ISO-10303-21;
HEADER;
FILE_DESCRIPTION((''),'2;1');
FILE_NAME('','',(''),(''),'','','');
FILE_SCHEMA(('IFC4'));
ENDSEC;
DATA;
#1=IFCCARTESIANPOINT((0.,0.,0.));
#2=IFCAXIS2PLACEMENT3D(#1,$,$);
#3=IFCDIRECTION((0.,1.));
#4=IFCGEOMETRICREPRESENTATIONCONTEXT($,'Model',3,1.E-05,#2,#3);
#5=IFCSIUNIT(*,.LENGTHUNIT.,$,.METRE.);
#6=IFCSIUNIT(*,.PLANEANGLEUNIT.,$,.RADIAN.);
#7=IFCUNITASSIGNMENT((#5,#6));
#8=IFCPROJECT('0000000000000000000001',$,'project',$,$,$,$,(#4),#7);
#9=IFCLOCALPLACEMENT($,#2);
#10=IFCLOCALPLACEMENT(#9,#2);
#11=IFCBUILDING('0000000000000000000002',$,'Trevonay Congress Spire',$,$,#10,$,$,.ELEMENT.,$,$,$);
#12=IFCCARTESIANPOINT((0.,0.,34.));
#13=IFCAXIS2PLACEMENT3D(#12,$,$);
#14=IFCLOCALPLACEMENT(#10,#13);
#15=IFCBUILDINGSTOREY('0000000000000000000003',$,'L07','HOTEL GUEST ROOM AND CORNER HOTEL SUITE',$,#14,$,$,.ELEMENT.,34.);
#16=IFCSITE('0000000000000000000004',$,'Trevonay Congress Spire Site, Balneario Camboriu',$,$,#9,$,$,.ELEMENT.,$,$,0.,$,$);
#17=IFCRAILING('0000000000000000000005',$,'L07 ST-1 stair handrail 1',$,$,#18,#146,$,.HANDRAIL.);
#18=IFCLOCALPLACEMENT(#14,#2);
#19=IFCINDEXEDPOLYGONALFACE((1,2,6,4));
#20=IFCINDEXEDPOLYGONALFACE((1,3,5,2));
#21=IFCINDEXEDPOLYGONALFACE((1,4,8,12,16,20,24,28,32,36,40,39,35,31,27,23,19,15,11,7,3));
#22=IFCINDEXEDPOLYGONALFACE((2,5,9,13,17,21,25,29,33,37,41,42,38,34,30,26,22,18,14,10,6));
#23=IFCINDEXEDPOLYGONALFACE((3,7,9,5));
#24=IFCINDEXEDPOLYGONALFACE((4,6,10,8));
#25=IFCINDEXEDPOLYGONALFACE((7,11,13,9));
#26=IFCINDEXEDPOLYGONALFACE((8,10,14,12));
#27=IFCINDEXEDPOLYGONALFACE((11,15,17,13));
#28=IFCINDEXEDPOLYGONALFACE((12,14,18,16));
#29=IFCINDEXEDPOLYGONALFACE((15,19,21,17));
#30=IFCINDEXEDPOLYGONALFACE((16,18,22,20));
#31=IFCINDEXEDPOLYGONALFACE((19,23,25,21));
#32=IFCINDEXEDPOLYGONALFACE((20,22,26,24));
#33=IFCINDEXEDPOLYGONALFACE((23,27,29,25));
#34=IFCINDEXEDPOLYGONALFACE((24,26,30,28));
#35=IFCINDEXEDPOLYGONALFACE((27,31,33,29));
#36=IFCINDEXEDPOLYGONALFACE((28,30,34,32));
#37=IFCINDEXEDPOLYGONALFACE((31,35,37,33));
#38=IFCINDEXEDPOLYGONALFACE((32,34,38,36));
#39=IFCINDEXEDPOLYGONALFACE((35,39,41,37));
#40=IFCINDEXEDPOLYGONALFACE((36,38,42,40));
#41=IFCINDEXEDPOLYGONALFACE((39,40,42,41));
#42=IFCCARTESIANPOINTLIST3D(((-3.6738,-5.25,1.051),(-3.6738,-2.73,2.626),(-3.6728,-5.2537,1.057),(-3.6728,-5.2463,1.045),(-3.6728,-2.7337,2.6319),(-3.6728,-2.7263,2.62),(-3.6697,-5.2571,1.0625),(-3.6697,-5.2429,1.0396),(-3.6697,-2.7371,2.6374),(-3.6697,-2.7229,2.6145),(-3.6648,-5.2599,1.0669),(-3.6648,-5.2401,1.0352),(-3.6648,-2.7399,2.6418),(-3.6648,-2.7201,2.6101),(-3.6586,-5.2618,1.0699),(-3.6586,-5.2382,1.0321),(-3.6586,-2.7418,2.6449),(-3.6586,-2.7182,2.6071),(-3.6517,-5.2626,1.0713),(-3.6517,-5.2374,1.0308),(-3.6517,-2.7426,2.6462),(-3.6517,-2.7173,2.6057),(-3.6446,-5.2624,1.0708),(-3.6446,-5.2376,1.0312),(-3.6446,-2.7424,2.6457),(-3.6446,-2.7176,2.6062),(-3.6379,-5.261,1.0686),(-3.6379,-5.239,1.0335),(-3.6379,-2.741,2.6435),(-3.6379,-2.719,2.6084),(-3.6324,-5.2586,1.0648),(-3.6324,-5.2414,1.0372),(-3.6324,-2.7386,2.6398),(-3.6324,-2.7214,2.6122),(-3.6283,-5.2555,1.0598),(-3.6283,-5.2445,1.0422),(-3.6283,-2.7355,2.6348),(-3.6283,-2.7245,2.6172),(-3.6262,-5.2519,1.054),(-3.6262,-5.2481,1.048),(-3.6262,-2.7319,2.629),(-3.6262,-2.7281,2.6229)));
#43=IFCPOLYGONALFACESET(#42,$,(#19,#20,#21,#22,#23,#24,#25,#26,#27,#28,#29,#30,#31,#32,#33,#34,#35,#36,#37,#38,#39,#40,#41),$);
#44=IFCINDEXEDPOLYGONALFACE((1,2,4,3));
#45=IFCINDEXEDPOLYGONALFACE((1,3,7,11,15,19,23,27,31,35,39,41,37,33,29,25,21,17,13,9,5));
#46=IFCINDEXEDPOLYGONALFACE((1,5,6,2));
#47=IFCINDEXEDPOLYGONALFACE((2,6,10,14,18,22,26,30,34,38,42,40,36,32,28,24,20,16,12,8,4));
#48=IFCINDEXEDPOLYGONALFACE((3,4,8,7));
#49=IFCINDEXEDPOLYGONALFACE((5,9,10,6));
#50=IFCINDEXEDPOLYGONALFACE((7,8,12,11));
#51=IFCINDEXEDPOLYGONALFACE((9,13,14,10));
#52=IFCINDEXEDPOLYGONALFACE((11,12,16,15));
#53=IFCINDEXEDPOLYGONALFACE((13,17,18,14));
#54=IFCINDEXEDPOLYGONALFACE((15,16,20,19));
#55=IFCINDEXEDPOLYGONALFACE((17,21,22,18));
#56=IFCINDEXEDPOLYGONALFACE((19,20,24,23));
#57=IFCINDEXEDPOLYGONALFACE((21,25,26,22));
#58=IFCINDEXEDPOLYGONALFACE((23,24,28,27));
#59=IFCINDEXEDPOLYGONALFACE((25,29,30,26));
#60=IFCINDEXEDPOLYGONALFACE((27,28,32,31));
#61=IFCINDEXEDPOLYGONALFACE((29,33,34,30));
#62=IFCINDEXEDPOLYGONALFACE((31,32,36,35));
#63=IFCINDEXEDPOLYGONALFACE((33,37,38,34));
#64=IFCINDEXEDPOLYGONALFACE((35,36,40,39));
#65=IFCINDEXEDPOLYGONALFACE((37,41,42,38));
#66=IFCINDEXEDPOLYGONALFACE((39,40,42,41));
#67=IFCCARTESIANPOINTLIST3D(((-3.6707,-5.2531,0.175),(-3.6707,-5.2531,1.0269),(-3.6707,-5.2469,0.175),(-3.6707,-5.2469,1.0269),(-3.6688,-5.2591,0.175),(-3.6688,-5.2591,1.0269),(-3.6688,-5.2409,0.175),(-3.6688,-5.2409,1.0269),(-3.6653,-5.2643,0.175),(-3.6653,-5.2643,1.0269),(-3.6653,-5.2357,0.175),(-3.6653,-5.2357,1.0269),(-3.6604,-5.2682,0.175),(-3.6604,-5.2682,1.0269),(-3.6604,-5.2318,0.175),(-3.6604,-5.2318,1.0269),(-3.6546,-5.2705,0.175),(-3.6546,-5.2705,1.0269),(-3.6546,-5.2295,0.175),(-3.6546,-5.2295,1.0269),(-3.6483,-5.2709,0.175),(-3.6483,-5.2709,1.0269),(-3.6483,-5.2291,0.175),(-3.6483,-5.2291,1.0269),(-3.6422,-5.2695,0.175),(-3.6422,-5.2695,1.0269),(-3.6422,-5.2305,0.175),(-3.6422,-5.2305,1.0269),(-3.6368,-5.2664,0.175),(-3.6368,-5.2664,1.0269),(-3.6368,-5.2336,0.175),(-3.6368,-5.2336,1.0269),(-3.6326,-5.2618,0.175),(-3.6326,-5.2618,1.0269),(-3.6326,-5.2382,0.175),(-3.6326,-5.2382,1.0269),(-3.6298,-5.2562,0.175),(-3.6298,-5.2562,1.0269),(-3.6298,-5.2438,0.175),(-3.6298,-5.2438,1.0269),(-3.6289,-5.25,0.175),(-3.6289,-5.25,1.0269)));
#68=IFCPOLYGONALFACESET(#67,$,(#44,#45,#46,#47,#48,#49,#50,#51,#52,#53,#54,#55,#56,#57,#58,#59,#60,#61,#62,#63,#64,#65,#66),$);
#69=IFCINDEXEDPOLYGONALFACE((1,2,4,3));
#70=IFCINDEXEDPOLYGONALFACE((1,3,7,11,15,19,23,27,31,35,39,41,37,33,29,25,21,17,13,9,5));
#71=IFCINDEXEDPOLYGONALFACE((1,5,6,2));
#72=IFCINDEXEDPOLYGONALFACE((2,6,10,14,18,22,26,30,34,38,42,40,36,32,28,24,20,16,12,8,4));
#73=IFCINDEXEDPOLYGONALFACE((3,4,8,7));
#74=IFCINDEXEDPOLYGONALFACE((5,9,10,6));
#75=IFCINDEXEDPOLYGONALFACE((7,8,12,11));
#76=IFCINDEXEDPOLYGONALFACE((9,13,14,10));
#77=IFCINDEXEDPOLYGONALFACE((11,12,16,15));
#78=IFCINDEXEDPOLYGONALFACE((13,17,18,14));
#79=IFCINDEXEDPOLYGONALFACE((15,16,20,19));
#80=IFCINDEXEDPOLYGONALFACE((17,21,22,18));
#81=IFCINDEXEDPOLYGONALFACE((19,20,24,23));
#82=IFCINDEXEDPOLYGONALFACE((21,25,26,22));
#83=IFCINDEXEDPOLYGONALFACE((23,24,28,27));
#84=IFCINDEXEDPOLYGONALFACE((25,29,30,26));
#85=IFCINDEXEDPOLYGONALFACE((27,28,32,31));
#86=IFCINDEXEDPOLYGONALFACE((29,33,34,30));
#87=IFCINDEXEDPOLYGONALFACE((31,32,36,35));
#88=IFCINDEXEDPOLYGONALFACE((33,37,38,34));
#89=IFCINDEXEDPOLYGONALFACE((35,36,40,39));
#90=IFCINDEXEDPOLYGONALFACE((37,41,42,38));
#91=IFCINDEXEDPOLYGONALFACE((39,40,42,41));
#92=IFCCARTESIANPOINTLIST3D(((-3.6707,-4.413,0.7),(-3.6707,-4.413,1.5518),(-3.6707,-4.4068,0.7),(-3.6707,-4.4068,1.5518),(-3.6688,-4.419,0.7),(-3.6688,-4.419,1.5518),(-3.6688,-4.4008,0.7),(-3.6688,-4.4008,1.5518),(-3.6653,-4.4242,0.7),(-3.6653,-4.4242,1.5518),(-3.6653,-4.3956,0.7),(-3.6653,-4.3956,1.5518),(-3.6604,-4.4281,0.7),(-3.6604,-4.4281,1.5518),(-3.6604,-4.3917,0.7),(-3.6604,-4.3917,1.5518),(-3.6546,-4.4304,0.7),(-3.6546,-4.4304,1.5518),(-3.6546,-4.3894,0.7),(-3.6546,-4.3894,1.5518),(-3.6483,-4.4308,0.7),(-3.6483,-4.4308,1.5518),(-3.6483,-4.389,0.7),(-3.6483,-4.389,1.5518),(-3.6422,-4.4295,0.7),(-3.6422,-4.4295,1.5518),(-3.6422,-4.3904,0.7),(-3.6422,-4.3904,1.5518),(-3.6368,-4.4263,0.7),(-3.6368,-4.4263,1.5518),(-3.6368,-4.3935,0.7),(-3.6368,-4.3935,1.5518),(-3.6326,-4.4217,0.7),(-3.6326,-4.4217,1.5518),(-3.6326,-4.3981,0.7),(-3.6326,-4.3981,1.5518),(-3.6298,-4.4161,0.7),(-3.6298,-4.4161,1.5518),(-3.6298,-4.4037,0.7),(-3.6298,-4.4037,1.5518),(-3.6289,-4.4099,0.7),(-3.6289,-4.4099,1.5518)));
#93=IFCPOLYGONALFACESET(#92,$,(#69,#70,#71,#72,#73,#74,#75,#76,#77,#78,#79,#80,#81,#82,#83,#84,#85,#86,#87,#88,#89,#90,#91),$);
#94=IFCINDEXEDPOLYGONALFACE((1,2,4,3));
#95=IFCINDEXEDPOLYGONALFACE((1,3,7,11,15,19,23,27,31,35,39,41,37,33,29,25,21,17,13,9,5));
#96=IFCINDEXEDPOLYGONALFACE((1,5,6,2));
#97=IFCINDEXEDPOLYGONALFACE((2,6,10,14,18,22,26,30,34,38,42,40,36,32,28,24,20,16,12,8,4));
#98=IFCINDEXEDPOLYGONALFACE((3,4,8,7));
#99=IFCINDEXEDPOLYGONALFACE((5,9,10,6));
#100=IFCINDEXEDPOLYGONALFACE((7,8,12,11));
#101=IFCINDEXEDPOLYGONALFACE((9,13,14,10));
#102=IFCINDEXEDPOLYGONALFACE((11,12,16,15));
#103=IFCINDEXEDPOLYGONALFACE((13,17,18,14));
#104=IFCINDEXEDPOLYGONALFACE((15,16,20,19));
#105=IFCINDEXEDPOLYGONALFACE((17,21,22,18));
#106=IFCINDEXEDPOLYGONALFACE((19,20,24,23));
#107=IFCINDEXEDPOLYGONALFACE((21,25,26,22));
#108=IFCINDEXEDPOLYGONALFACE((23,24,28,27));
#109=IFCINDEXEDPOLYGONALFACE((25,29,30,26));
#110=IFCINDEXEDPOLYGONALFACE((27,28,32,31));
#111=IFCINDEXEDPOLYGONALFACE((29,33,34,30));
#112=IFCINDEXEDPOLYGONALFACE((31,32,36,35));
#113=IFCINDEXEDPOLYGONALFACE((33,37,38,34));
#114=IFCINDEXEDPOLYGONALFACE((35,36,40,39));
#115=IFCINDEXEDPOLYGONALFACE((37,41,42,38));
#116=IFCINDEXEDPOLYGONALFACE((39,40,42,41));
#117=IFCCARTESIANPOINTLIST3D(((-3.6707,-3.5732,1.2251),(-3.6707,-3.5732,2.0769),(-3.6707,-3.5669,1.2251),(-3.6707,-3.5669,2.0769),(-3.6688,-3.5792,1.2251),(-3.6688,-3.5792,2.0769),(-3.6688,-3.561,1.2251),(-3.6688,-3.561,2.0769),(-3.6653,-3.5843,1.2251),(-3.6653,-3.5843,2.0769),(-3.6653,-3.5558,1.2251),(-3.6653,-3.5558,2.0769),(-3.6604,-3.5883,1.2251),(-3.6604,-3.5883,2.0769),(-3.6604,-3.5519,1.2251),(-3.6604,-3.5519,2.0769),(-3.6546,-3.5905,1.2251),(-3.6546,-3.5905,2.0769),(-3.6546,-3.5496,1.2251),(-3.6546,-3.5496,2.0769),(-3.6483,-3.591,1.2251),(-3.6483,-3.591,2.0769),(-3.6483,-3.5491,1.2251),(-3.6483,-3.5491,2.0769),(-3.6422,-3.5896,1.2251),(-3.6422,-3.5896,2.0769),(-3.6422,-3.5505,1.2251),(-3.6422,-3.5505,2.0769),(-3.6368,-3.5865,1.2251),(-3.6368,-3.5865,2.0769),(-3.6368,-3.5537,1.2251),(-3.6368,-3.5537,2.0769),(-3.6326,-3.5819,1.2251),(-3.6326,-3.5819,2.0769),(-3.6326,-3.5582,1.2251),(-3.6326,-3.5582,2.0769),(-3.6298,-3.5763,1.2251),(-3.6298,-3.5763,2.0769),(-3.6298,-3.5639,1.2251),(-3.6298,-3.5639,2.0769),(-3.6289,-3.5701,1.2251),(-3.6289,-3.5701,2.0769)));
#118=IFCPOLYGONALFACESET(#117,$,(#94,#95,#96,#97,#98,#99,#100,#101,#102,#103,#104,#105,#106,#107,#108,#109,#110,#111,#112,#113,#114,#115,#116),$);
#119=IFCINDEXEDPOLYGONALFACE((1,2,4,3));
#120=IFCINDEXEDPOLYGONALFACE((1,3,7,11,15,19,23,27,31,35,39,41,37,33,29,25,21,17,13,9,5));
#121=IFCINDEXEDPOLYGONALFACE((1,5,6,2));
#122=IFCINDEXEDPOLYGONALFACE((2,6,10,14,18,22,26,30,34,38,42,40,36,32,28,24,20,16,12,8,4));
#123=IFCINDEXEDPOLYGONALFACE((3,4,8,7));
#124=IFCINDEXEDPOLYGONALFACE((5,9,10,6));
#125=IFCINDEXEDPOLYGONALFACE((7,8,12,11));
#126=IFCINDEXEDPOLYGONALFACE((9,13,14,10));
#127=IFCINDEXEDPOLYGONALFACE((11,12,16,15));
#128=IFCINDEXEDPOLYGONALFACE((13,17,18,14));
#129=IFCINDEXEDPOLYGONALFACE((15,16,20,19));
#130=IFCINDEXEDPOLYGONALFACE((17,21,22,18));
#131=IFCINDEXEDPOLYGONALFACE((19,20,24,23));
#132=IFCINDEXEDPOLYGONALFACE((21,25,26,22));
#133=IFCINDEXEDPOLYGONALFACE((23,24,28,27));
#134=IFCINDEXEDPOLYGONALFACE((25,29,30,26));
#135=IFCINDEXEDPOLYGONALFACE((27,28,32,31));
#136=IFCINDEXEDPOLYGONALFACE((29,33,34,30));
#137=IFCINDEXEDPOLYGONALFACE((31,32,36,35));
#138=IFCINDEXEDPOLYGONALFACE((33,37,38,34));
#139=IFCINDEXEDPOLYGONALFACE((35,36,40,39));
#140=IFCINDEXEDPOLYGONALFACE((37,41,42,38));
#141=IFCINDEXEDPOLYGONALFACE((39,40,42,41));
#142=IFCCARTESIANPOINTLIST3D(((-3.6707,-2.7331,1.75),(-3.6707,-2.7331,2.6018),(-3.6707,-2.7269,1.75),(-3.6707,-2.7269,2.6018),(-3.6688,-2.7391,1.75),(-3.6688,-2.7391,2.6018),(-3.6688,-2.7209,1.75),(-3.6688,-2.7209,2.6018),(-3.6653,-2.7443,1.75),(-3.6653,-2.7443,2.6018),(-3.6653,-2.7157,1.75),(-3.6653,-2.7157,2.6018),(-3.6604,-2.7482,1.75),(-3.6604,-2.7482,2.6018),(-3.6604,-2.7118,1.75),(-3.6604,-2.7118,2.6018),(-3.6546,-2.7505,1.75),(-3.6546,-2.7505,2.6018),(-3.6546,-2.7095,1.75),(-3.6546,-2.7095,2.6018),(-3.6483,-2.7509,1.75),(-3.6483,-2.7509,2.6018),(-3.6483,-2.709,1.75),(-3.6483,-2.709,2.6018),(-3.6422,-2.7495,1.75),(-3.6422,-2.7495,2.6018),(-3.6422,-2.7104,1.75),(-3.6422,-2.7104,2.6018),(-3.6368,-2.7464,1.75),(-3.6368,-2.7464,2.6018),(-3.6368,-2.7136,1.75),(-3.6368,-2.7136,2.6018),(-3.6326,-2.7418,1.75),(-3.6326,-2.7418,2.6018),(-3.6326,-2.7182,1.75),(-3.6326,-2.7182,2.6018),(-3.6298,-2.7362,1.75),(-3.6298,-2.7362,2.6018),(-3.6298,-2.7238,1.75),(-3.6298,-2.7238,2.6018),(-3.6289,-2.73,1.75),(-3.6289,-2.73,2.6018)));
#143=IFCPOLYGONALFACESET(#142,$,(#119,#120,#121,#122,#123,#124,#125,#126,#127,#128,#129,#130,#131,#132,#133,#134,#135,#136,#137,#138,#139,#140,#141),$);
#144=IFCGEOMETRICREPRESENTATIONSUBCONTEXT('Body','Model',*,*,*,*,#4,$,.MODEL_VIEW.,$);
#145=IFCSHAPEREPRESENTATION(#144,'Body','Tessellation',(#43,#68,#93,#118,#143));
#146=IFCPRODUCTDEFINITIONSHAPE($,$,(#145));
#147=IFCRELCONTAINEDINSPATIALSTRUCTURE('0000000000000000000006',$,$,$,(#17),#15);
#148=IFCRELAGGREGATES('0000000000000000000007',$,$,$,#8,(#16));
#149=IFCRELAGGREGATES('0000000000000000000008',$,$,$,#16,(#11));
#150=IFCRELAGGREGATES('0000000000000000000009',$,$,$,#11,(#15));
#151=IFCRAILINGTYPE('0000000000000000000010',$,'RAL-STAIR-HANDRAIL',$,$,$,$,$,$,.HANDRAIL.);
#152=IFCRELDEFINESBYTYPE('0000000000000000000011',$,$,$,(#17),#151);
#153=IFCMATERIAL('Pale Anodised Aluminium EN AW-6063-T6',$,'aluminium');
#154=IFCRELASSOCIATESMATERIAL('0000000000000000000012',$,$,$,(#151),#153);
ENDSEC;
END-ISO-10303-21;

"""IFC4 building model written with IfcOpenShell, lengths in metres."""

from ifc_helpers import new_model, si_unit, direction, frame, origin, origin_2d, place, context, subcontext, project, spatial, circle, extrude, material, type_object, element, save


model = new_model("IFC4")

# Units and contexts
model_context = context("Model", 3, precision=1e-05, world=origin(), true_north=direction((0.0, 1.0)))
body_context = subcontext(model_context, "Body", "Model", "MODEL_VIEW")
ifc_project = project(units=[si_unit("LENGTHUNIT", "METRE"), si_unit("PLANEANGLEUNIT", "RADIAN")], contexts=[model_context])

# Site, building, storey
site_placement = place(None, origin())
site = spatial("IfcSite", under=ifc_project, at=site_placement, Name="Trevonay Congress Spire Site, Balneario Camboriu", CompositionType="ELEMENT", RefElevation=0.0)
building_placement = place(site_placement, origin())
building = spatial("IfcBuilding", under=site, at=building_placement, Name="Trevonay Congress Spire", CompositionType="ELEMENT")
storey_placement = place(building_placement, frame((0.0, 0.0, 34.0)))
storey = spatial("IfcBuildingStorey", under=building, at=storey_placement, Name="L07", Description="HOTEL GUEST ROOM AND CORNER HOTEL SUITE", CompositionType="ELEMENT", Elevation=34.0)

# Shared definitions
ifc_material_1 = material(Name="Pale Anodised Aluminium EN AW-6063-T6", Category="aluminium")

# Railing
railing_type_1 = type_object("IfcRailingType", Name="RAL-STAIR-HANDRAIL", PredefinedType="HANDRAIL", material=ifc_material_1)
railing_1_placement = place(storey_placement, frame((-3.6499, -5.25, 0.175)))
element("IfcRailing", 1, at=railing_1_placement, inside=storey, type_object=railing_type_1, Name="L07 ST-1 stair handrail 1", PredefinedType="HANDRAIL", context=body_context, shape_type="SweptSolid", body=[
    extrude(circle(Radius=0.0239, at=origin_2d()), frame((0.0, 0.0, 0.876), z_axis=(0.0, 0.848008, 0.529984), x_axis=(-1.0, 0.0, 0.0)), (0.0, 0.0, 1.0), 2.9717),
    extrude(circle(Radius=0.021, at=origin_2d()), origin(), (0.0, 0.0, 1.0), 0.8518),
    extrude(circle(Radius=0.021, at=origin_2d()), frame((0.0, 0.8401, 0.5249)), (0.0, 0.0, 1.0), 0.8518),
    extrude(circle(Radius=0.021, at=origin_2d()), frame((0.0, 1.6799, 1.05)), (0.0, 0.0, 1.0), 0.8518),
    extrude(circle(Radius=0.021, at=origin_2d()), frame((0.0, 2.52, 1.575)), (0.0, 0.0, 1.0), 0.8518),
])

save(model, "model.ifc")
